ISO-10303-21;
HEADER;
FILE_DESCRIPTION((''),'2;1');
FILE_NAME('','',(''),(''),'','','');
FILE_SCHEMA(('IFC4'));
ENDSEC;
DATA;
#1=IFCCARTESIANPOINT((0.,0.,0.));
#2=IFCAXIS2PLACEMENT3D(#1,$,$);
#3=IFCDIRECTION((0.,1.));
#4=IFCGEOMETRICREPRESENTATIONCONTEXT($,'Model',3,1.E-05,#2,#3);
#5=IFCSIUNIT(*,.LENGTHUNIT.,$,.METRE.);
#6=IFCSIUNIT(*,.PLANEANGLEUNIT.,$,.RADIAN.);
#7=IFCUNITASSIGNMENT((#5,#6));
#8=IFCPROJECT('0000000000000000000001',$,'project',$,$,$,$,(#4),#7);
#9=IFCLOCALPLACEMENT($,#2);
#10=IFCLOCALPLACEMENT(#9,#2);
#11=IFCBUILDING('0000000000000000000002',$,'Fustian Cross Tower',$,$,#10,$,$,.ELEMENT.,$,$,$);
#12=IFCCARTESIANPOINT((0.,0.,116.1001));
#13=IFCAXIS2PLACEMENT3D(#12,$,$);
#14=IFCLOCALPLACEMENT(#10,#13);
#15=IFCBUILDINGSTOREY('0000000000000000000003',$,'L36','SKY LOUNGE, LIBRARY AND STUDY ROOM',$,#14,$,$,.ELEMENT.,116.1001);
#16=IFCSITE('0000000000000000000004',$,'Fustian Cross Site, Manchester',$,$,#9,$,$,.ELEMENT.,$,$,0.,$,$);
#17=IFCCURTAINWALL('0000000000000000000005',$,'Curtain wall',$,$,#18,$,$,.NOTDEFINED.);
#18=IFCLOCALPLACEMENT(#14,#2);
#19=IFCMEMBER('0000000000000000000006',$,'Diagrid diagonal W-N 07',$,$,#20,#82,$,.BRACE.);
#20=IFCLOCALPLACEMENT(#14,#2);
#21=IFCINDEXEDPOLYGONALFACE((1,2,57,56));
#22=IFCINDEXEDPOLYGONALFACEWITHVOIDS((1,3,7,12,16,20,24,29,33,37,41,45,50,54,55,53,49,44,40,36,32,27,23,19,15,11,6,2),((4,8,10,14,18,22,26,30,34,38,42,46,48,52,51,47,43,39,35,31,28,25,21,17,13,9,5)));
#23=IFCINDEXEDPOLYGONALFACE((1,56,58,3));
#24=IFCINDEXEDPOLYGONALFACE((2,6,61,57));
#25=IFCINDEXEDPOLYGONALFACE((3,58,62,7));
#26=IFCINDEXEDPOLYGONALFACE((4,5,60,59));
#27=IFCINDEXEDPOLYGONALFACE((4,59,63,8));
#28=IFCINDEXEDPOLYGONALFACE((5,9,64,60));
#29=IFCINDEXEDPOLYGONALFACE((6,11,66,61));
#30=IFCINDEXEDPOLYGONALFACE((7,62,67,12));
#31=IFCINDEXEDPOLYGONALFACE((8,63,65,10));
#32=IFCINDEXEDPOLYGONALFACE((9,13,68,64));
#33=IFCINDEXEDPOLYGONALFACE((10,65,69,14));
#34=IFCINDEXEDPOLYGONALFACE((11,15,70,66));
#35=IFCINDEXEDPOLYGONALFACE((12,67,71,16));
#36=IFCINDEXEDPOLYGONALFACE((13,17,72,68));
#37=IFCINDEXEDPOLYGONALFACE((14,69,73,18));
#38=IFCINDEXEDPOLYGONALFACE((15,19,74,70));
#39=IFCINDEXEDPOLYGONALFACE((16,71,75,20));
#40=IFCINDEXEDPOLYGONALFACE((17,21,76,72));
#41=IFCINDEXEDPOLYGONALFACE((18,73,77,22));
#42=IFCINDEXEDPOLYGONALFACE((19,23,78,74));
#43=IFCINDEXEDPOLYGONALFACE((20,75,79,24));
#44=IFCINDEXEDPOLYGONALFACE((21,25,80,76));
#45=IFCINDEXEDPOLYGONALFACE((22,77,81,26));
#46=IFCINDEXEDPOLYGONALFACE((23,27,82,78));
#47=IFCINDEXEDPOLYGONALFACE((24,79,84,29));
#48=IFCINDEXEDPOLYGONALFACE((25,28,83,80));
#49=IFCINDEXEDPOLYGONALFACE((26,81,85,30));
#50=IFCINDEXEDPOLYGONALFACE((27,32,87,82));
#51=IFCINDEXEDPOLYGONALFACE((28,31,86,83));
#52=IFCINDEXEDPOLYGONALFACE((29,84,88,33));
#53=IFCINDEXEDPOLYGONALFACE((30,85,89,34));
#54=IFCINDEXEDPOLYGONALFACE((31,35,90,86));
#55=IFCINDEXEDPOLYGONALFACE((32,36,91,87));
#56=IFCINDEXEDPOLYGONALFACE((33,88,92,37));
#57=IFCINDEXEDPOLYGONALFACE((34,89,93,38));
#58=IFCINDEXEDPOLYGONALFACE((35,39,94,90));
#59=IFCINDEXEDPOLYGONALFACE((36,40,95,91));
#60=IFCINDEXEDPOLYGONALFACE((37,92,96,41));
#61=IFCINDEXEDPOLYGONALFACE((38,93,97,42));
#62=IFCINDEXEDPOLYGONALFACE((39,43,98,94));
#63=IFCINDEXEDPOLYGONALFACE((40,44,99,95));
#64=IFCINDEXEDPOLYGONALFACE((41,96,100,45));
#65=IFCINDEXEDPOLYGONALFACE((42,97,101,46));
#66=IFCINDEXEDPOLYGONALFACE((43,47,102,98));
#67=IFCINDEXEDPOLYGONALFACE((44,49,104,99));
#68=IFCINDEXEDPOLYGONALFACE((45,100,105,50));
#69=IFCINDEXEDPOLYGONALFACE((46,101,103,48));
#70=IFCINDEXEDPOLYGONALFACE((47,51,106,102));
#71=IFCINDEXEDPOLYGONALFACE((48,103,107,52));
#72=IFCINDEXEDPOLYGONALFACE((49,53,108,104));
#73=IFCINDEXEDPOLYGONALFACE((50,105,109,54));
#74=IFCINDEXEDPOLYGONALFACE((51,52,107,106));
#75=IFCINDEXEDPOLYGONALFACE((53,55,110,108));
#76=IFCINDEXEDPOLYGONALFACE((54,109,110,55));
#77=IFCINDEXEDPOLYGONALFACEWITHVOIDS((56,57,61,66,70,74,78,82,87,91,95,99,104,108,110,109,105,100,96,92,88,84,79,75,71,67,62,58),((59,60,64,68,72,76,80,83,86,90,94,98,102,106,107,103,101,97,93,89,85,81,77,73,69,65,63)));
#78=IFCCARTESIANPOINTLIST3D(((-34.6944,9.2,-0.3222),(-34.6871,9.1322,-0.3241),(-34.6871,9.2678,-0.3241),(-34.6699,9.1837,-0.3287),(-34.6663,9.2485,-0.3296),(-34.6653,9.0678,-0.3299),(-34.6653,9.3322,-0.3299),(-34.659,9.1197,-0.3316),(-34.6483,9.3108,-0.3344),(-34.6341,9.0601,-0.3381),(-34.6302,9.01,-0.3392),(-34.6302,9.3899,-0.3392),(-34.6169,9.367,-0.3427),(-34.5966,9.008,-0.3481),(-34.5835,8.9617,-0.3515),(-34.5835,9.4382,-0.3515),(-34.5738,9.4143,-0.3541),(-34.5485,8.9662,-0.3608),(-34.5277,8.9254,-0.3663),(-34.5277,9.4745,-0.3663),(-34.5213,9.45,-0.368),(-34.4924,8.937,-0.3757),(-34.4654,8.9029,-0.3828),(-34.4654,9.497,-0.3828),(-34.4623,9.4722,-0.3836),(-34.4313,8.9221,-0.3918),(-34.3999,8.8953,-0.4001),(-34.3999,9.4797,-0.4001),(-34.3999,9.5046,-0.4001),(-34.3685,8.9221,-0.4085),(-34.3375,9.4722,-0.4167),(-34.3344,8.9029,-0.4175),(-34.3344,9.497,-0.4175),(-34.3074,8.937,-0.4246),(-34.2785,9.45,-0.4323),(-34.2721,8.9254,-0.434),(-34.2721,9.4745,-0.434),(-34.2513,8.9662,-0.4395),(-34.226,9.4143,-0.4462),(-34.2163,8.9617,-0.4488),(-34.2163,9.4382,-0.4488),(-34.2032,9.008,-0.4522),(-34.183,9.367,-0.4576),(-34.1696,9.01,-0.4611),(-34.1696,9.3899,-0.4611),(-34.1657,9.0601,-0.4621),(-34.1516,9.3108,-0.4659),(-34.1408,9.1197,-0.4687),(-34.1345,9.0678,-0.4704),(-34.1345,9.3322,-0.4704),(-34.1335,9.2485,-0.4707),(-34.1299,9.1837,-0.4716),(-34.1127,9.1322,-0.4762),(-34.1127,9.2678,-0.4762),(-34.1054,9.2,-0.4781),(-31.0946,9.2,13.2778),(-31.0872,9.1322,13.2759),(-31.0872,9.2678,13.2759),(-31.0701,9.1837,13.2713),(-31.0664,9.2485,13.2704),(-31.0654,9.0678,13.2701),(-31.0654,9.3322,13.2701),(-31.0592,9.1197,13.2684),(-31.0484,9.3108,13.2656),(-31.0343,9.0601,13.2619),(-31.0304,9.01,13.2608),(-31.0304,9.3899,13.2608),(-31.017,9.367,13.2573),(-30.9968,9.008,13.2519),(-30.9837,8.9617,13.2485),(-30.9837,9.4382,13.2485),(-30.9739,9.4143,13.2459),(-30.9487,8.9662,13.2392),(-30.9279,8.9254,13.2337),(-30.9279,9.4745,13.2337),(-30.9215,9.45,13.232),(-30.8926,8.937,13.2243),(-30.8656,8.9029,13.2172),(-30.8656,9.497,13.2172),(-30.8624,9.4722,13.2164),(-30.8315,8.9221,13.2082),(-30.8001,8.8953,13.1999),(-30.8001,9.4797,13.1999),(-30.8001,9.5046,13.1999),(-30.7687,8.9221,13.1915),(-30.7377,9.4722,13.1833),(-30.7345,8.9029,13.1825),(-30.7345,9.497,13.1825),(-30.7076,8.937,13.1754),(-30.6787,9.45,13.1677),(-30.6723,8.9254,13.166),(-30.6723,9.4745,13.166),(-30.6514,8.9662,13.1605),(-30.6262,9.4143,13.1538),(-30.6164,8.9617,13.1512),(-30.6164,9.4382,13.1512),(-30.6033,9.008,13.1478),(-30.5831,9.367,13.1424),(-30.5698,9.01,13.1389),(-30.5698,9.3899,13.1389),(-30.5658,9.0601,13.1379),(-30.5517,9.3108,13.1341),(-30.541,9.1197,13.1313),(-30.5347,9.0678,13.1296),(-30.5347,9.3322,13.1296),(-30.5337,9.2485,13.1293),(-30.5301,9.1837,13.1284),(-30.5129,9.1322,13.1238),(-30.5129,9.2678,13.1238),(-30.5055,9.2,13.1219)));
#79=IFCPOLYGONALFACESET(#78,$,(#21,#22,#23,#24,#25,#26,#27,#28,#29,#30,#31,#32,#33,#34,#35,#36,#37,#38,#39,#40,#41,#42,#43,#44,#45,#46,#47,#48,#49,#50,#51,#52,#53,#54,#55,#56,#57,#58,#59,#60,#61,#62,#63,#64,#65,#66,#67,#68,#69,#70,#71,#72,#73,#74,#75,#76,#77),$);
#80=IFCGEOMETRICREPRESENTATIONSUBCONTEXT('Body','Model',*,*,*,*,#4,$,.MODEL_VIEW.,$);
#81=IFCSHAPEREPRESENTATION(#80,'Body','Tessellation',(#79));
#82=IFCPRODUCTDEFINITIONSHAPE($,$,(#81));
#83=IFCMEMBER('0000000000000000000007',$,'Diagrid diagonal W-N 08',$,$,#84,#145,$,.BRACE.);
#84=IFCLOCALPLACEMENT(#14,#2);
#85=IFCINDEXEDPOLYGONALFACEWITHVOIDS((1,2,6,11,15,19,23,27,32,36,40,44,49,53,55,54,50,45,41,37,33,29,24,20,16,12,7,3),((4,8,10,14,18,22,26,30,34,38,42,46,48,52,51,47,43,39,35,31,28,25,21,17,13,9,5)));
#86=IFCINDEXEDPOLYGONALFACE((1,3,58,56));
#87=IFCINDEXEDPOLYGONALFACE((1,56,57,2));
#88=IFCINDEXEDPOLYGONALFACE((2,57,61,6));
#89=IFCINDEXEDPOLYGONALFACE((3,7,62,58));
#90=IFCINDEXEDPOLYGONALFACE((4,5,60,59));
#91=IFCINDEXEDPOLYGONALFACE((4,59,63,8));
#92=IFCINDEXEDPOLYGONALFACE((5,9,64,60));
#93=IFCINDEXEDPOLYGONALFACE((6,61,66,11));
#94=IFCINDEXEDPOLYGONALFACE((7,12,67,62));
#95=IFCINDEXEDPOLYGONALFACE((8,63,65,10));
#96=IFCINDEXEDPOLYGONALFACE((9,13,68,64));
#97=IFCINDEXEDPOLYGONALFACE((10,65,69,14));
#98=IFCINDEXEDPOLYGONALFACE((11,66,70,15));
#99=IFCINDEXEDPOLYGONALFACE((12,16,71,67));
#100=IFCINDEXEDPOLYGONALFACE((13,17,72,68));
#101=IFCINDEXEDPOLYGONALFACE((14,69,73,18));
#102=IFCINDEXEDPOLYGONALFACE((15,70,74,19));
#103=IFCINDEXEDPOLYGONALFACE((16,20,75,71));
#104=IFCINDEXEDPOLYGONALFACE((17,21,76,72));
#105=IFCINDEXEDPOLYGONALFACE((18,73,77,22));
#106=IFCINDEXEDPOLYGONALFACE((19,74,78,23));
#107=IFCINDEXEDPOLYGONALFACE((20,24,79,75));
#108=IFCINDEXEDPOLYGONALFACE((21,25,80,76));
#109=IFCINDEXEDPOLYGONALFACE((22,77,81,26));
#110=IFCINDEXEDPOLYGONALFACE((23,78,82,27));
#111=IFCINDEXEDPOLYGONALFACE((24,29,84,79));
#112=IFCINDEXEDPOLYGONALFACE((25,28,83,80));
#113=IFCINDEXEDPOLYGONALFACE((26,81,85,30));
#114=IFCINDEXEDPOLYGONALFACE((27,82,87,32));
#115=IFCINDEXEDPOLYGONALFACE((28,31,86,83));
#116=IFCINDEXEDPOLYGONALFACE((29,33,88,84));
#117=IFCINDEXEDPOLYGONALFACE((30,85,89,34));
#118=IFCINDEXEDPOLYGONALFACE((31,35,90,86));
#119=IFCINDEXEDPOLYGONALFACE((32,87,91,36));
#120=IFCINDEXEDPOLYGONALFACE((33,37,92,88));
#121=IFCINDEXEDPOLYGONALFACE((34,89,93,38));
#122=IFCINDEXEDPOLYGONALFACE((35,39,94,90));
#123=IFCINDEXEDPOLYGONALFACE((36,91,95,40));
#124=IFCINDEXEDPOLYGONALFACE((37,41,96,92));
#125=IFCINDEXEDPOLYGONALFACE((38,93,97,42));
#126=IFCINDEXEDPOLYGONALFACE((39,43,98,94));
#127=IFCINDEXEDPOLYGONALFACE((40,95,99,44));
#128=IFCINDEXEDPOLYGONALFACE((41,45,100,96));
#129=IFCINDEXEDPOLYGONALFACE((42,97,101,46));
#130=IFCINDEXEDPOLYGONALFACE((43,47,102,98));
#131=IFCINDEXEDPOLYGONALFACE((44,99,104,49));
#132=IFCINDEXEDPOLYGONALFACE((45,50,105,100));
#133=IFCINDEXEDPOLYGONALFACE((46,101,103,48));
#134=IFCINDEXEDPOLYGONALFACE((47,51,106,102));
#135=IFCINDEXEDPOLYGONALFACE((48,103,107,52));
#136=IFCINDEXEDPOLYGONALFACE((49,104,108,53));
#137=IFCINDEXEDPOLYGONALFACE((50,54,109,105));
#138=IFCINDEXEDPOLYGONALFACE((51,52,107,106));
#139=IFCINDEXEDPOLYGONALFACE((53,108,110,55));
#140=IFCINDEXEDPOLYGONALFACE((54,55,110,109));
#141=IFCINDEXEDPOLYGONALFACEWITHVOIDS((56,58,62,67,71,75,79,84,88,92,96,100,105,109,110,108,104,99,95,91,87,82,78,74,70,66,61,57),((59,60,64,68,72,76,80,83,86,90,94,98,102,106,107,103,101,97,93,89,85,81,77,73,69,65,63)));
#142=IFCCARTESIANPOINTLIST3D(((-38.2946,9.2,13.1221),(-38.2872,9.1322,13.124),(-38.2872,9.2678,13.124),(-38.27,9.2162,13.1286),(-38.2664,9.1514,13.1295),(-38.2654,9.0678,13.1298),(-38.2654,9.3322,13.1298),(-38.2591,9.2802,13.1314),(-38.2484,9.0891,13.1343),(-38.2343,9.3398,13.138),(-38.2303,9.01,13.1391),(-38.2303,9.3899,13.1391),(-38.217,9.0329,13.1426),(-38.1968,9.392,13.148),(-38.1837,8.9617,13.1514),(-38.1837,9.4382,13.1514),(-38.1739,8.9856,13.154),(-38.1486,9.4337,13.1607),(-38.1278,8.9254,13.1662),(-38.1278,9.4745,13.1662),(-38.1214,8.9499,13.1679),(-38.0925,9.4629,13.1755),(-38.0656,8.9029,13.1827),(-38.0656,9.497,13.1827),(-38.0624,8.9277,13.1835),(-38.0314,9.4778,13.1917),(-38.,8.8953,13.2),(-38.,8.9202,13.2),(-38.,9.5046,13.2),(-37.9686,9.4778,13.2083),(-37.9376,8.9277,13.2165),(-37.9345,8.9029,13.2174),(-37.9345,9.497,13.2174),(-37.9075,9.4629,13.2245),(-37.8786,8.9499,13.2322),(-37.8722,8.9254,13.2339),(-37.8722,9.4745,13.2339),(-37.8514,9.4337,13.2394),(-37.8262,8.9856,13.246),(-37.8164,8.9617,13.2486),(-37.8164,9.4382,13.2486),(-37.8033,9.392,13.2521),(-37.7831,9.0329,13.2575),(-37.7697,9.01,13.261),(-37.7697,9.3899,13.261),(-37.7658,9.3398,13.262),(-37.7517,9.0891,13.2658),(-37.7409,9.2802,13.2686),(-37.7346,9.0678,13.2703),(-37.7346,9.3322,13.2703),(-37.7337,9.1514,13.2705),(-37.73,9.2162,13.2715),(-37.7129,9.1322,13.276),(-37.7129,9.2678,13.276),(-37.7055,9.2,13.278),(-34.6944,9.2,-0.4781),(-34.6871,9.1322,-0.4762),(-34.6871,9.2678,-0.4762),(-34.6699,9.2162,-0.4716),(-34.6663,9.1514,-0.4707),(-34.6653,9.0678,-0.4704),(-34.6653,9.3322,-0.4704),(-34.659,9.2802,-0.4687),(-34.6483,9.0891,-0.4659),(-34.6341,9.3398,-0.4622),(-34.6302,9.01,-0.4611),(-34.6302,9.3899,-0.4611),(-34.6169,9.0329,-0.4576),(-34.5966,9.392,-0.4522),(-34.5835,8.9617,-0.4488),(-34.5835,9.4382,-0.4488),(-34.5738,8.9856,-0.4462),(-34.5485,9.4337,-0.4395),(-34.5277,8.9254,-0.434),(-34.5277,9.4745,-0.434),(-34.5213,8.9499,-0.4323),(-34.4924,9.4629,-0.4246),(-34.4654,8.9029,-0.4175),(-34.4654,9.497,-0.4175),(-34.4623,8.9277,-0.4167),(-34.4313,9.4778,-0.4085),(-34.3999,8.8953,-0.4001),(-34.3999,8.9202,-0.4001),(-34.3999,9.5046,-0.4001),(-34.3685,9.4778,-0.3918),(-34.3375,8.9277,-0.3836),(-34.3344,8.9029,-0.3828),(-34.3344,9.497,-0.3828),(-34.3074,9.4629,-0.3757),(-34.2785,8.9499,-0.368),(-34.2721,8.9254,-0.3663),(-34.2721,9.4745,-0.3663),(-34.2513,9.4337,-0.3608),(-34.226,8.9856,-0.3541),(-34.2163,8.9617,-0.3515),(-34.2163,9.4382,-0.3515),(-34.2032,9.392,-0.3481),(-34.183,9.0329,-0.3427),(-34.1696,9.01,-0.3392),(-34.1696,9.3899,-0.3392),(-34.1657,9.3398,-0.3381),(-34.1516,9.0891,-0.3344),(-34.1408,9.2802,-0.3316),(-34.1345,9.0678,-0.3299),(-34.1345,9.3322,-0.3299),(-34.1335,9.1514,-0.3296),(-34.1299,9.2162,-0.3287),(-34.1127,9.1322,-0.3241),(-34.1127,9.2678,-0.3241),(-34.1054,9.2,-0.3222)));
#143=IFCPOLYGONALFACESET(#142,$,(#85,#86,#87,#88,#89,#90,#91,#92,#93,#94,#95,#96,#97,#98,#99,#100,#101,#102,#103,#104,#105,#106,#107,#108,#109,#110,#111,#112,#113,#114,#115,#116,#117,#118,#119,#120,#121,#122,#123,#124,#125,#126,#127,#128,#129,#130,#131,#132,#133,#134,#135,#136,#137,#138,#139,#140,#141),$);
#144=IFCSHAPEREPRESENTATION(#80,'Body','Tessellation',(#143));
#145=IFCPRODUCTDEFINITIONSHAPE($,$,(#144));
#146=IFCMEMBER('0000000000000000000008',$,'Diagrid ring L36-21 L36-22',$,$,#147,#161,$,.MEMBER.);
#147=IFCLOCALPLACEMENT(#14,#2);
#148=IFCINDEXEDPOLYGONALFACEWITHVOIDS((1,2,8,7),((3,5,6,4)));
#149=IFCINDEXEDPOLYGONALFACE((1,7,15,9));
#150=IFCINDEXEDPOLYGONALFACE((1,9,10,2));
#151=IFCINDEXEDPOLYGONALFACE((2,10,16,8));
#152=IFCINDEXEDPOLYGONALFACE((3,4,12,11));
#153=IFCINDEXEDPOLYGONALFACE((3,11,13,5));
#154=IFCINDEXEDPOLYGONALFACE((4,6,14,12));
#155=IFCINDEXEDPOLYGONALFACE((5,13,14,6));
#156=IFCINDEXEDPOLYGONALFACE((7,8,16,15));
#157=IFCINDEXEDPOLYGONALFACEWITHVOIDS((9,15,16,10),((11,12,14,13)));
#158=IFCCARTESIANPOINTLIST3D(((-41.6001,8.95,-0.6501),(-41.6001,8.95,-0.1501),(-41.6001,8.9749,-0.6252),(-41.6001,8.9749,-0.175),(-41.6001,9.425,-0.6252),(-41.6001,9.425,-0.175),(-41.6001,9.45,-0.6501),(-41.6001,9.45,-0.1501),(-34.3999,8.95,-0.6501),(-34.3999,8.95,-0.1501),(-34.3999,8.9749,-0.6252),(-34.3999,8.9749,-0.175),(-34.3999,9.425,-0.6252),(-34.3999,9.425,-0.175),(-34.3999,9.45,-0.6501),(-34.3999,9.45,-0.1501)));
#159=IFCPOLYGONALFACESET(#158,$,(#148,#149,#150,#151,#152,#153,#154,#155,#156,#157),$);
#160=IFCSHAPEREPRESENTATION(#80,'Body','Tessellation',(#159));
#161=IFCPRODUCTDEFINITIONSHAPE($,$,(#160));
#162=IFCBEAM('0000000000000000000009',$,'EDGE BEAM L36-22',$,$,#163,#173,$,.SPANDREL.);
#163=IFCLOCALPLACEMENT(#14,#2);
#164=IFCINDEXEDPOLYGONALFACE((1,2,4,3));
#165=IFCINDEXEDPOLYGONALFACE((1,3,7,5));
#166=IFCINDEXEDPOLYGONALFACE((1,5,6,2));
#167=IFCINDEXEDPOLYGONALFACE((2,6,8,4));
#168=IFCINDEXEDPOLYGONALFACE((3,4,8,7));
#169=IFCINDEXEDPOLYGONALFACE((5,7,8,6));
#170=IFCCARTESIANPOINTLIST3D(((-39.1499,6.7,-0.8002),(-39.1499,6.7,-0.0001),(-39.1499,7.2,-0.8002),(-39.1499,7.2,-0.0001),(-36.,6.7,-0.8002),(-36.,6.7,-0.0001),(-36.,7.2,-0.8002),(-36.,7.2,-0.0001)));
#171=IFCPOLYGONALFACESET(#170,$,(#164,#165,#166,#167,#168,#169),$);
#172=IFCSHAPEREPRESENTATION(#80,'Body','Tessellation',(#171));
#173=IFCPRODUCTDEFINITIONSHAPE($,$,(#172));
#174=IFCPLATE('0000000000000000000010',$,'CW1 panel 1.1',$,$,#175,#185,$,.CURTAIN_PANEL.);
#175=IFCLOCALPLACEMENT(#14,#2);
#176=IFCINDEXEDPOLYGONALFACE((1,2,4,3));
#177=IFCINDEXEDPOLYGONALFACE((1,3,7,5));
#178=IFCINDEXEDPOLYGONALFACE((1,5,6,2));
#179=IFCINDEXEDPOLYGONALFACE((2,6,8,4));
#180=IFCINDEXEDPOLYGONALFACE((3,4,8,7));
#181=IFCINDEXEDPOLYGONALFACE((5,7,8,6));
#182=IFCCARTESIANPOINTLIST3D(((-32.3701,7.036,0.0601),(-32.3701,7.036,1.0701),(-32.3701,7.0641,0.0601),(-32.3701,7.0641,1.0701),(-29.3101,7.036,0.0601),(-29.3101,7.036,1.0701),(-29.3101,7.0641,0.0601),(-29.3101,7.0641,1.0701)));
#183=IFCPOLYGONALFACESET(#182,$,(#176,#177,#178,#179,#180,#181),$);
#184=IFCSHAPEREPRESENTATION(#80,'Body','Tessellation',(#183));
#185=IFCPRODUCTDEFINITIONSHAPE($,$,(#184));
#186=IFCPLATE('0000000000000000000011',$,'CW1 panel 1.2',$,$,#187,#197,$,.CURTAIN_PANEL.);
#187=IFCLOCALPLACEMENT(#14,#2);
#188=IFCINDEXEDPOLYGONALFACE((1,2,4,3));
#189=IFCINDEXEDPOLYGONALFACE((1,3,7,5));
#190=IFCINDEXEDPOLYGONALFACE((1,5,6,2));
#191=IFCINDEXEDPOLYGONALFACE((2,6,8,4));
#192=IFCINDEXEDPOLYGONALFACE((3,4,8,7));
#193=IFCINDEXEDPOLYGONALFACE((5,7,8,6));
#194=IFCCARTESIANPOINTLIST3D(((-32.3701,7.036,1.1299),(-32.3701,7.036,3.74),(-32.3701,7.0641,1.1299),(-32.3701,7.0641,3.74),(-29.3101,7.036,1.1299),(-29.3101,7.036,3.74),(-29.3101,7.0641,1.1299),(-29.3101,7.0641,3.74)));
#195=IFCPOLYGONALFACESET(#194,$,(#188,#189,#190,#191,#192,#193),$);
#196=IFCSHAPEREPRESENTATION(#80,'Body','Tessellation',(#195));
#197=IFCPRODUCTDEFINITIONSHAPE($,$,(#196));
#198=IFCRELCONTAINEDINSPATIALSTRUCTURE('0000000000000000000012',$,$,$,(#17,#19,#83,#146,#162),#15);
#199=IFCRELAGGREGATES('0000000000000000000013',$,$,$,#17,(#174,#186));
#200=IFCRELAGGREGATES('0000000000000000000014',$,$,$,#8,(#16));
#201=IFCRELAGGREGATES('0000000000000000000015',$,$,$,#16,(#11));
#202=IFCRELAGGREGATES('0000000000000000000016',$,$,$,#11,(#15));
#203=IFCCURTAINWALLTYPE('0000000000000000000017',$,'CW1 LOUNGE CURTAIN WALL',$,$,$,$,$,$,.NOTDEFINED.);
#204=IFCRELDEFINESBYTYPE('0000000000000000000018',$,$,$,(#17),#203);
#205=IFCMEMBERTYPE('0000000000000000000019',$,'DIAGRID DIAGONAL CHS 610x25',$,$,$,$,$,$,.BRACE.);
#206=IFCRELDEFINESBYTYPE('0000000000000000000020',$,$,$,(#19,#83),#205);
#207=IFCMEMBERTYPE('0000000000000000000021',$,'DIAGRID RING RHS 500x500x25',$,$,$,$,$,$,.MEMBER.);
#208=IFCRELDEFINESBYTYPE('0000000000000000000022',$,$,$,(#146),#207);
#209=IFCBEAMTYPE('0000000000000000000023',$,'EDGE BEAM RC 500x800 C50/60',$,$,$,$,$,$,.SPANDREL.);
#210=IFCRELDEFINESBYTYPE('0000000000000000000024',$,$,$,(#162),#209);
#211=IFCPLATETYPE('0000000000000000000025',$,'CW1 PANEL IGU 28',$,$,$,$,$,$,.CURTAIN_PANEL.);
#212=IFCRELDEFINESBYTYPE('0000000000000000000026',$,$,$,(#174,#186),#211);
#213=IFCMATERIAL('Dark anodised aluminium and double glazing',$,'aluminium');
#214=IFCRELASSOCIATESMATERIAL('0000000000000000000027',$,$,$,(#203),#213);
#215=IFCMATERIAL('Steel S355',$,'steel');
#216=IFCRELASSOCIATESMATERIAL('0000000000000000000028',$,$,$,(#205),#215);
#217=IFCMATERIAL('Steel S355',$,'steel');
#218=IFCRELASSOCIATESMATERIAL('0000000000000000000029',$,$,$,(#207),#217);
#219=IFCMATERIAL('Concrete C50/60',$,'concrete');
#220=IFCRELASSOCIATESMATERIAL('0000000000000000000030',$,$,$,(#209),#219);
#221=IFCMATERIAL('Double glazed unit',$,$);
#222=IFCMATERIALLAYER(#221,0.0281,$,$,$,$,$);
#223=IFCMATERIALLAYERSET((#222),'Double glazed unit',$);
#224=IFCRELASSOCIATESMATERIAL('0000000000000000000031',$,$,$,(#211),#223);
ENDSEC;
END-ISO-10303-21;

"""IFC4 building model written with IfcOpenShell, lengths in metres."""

from ifc_helpers import new_model, si_unit, direction, frame, origin, origin_2d, place, context, subcontext, project, spatial, rectangle, hollow_rectangle, hollow_circle, extrude, material, layer, layer_set, material_profile, profile_set, type_object, element, aggregate, save


model = new_model("IFC4")

# Units and contexts
model_context = context("Model", 3, precision=1e-05, world=origin(), true_north=direction((0.0, 1.0)))
body_context = subcontext(model_context, "Body", "Model", "MODEL_VIEW")
ifc_project = project(units=[si_unit("LENGTHUNIT", "METRE"), si_unit("PLANEANGLEUNIT", "RADIAN")], contexts=[model_context])

# Site, building, storey
site_placement = place(None, origin())
site = spatial("IfcSite", under=ifc_project, at=site_placement, Name="Fustian Cross Site, Manchester", CompositionType="ELEMENT", RefElevation=0.0)
building_placement = place(site_placement, origin())
building = spatial("IfcBuilding", under=site, at=building_placement, Name="Fustian Cross Tower", CompositionType="ELEMENT")
storey_placement = place(building_placement, frame((0.0, 0.0, 116.1001)))
storey = spatial("IfcBuildingStorey", under=building, at=storey_placement, Name="L36", Description="SKY LOUNGE, LIBRARY AND STUDY ROOM", CompositionType="ELEMENT", Elevation=116.1001)

# Curtain wall
ifc_material_1 = material(Name="Dark anodised aluminium and double glazing", Category="aluminium")
curtain_wall_type = type_object("IfcCurtainWallType", Name="CW1 LOUNGE CURTAIN WALL", PredefinedType="NOTDEFINED", material=ifc_material_1)
curtain_wall_1_placement = place(storey_placement, origin())
curtain_wall_1 = element("IfcCurtainWall", 1, at=curtain_wall_1_placement, inside=storey, type_object=curtain_wall_type, Name="Curtain wall", PredefinedType="NOTDEFINED")

# Members
ifc_material_2 = material(Name="Steel S355", Category="steel")
ifc_material_profile_1 = material_profile(ifc_material_2, hollow_circle(Radius=0.3047, WallThickness=0.0249, at=origin_2d()), Name="CHS 610x25")
ifc_profile_set_1 = profile_set([ifc_material_profile_1], Name="Steel S355")
member_type_1 = type_object("IfcMemberType", Name="DIAGRID DIAGONAL CHS 610x25", PredefinedType="BRACE", material=ifc_profile_set_1)
member_1_placement = place(storey_placement, frame((-34.3999, 9.2, -0.4001), z_axis=(0.255881, 0.0, 0.966708), x_axis=(0.0, 1.0, 0.0)))
element("IfcMember", 2, at=member_1_placement, inside=storey, type_object=member_type_1, Name="Diagrid diagonal W-N 07", PredefinedType="BRACE", context=body_context, shape_type="SweptSolid", body=[
    extrude(hollow_circle(Radius=0.3047, WallThickness=0.0249, at=origin_2d()), origin(), (0.0, 0.0, 1.0), 14.0684),
])
member_2_placement = place(storey_placement, frame((-34.3999, 9.2, -0.4001), z_axis=(-0.255897, 0.0, 0.966704), x_axis=(0.0, -1.0, 0.0)))
element("IfcMember", 3, at=member_2_placement, inside=storey, type_object=member_type_1, Name="Diagrid diagonal W-N 08", PredefinedType="BRACE", context=body_context, shape_type="SweptSolid", body=[
    extrude(hollow_circle(Radius=0.3047, WallThickness=0.0249, at=origin_2d()), origin(), (0.0, 0.0, 1.0), 14.0686),
])
ifc_material_3 = material(Name="Steel S355", Category="steel")
ifc_material_profile_2 = material_profile(ifc_material_3, hollow_rectangle(XDim=0.5, YDim=0.5, WallThickness=0.0249, at=origin_2d()), Name="RHS 500x500x25")
ifc_profile_set_2 = profile_set([ifc_material_profile_2], Name="Steel S355")
member_type_2 = type_object("IfcMemberType", Name="DIAGRID RING RHS 500x500x25", PredefinedType="MEMBER", material=ifc_profile_set_2)
member_3_placement = place(storey_placement, frame((-34.3999, 9.2, -0.4001), z_axis=(-1.0, 0.0, 0.0), x_axis=(0.0, -1.0, 0.0)))
element("IfcMember", 4, at=member_3_placement, inside=storey, type_object=member_type_2, Name="Diagrid ring L36-21 L36-22", PredefinedType="MEMBER", context=body_context, shape_type="SweptSolid", body=[
    extrude(hollow_rectangle(XDim=0.5, YDim=0.5, WallThickness=0.0249, at=origin_2d()), origin(), (0.0, 0.0, 1.0), 7.2002),
])

# Beam
ifc_material_4 = material(Name="Concrete C50/60", Category="concrete")
ifc_material_profile_3 = material_profile(ifc_material_4, rectangle(XDim=0.5, YDim=0.8, at=origin_2d()), Name="RC 500x800")
ifc_profile_set_3 = profile_set([ifc_material_profile_3], Name="Concrete C50/60")
beam_type = type_object("IfcBeamType", Name="EDGE BEAM RC 500x800 C50/60", PredefinedType="SPANDREL", material=ifc_profile_set_3)
beam_placement = place(storey_placement, frame((-36.0, 6.95, -0.4001), z_axis=(-1.0, 0.0, 0.0), x_axis=(0.0, -1.0, 0.0)))
element("IfcBeam", 5, at=beam_placement, inside=storey, type_object=beam_type, Name="EDGE BEAM L36-22", PredefinedType="SPANDREL", context=body_context, shape_type="SweptSolid", body=[
    extrude(rectangle(XDim=0.5, YDim=0.8, at=origin_2d()), origin(), (0.0, 0.0, 1.0), 3.1499),
])

# Plates
ifc_material_5 = material(Name="Double glazed unit")
ifc_layer_1 = layer(ifc_material_5, 0.0281)
ifc_layer_set_1 = layer_set([ifc_layer_1], Name="Double glazed unit")
plate_type = type_object("IfcPlateType", Name="CW1 PANEL IGU 28", PredefinedType="CURTAIN_PANEL", material=ifc_layer_set_1)
plate_1_placement = place(storey_placement, frame((-30.8401, 7.05, 0.0601), z_axis=(0.0, 0.0, 1.0), x_axis=(-1.0, 0.0, 0.0)))
plate_1 = element("IfcPlate", 6, at=plate_1_placement, type_object=plate_type, Name="CW1 panel 1.1", PredefinedType="CURTAIN_PANEL", context=body_context, shape_type="SweptSolid", body=[
    extrude(rectangle(XDim=3.0601, YDim=0.0281, at=origin_2d()), origin(), (0.0, 0.0, 1.0), 1.01),
])
plate_2_placement = place(storey_placement, frame((-30.8401, 7.05, 1.1299), z_axis=(0.0, 0.0, 1.0), x_axis=(-1.0, 0.0, 0.0)))
plate_2 = element("IfcPlate", 7, at=plate_2_placement, type_object=plate_type, Name="CW1 panel 1.2", PredefinedType="CURTAIN_PANEL", context=body_context, shape_type="SweptSolid", body=[
    extrude(rectangle(XDim=3.0601, YDim=0.0281, at=origin_2d()), origin(), (0.0, 0.0, 1.0), 2.6101),
])
aggregate(curtain_wall_1, [plate_1, plate_2])

save(model, "model.ifc")
